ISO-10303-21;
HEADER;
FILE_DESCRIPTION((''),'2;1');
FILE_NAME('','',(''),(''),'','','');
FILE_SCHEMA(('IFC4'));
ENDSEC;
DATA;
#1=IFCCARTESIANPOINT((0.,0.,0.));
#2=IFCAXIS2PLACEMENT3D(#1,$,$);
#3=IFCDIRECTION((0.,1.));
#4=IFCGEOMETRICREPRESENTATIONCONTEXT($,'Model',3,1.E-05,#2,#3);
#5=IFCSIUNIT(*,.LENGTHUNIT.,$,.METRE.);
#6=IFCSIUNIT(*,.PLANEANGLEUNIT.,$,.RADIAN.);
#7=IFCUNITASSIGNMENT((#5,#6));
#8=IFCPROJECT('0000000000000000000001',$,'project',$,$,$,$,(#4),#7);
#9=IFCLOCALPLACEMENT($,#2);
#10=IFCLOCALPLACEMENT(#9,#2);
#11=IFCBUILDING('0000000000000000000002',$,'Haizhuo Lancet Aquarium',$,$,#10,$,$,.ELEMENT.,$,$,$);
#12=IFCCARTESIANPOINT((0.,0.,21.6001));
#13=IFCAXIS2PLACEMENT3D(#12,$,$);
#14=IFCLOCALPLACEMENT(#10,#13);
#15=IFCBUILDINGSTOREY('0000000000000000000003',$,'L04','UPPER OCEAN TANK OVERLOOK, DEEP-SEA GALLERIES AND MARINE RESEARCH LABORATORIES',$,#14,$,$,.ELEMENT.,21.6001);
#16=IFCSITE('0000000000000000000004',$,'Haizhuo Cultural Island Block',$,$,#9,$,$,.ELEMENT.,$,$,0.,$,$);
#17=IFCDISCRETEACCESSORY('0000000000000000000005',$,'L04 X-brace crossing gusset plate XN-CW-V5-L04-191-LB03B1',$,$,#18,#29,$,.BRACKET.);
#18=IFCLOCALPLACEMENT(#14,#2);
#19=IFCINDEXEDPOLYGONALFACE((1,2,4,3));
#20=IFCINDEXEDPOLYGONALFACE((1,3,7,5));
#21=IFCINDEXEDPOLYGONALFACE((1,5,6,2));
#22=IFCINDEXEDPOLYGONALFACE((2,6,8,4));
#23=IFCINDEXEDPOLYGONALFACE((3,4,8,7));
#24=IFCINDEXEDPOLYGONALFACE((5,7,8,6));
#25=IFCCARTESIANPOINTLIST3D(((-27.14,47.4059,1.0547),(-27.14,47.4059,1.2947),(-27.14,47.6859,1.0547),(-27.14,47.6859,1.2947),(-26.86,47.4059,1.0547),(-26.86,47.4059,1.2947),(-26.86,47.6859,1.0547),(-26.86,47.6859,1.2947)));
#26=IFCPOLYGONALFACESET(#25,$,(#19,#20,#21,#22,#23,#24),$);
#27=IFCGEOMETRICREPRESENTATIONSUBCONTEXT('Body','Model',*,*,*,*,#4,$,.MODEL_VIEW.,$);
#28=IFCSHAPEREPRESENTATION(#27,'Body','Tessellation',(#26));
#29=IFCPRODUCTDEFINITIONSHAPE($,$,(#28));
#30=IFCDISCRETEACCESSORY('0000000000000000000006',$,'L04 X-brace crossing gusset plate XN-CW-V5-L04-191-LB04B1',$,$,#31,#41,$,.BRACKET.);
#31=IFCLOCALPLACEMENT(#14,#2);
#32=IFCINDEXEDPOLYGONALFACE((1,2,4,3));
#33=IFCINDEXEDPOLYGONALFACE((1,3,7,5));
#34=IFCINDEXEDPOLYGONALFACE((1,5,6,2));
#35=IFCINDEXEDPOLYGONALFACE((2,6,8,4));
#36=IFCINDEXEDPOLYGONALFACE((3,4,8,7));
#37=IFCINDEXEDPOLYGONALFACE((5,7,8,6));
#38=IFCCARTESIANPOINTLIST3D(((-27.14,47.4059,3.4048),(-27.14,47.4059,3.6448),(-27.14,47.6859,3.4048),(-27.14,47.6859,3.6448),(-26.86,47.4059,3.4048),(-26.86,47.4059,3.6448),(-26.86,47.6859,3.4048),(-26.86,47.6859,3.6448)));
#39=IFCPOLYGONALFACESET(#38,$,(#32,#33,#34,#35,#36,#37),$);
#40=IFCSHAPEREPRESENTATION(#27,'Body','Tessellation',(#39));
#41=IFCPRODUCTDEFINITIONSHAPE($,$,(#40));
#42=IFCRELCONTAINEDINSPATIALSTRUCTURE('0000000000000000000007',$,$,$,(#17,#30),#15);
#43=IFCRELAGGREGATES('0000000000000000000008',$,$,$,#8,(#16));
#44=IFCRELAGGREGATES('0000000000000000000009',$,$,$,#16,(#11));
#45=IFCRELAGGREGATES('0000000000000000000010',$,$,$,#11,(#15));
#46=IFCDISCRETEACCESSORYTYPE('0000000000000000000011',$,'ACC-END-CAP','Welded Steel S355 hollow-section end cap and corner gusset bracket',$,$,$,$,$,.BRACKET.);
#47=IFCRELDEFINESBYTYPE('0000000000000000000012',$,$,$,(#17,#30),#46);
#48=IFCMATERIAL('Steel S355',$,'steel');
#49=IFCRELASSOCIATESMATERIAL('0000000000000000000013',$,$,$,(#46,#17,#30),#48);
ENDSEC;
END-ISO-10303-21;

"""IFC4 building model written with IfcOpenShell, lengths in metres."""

from ifc_helpers import new_model, si_unit, direction, frame, origin, origin_2d, place, context, subcontext, project, spatial, rectangle, extrude, material, type_object, element, save


model = new_model("IFC4")

# Units and contexts
model_context = context("Model", 3, precision=1e-05, world=origin(), true_north=direction((0.0, 1.0)))
body_context = subcontext(model_context, "Body", "Model", "MODEL_VIEW")
ifc_project = project(units=[si_unit("LENGTHUNIT", "METRE"), si_unit("PLANEANGLEUNIT", "RADIAN")], contexts=[model_context])

# Site, building, storey
site_placement = place(None, origin())
site = spatial("IfcSite", under=ifc_project, at=site_placement, Name="Haizhuo Cultural Island Block", CompositionType="ELEMENT", RefElevation=0.0)
building_placement = place(site_placement, origin())
building = spatial("IfcBuilding", under=site, at=building_placement, Name="Haizhuo Lancet Aquarium", CompositionType="ELEMENT")
storey_placement = place(building_placement, frame((0.0, 0.0, 21.6001)))
storey = spatial("IfcBuildingStorey", under=building, at=storey_placement, Name="L04", Description="UPPER OCEAN TANK OVERLOOK, DEEP-SEA GALLERIES AND MARINE RESEARCH LABORATORIES", CompositionType="ELEMENT", Elevation=21.6001)

# Shared definitions
ifc_material_1 = material(Name="Steel S355", Category="steel")

# Discrete accessories
discrete_accessory_type = type_object("IfcDiscreteAccessoryType", Name="ACC-END-CAP", Description="Welded Steel S355 hollow-section end cap and corner gusset bracket", PredefinedType="BRACKET", material=ifc_material_1)
for number, where, z_axis, x_axis, name in (
    (1, (-27.0, 47.5459, 1.0547), (0.0, 0.0, 1.0), (1.0, 0.0, 0.0), "L04 X-brace crossing gusset plate XN-CW-V5-L04-191-LB03B1"),
    (2, (-27.0, 47.5459, 3.4048), (0.0, 0.0, 1.0), (1.0, 0.0, 0.0), "L04 X-brace crossing gusset plate XN-CW-V5-L04-191-LB04B1"),
):
    element("IfcDiscreteAccessory", number, at=place(storey_placement, frame(where, z_axis=z_axis, x_axis=x_axis)), inside=storey, type_object=discrete_accessory_type, material=ifc_material_1, Name=name, PredefinedType="BRACKET", context=body_context, shape_type="SweptSolid", body=[
        extrude(rectangle(XDim=0.28, YDim=0.28, at=origin_2d()), origin(), (0.0, 0.0, 1.0), 0.24),
    ])

save(model, "model.ifc")
